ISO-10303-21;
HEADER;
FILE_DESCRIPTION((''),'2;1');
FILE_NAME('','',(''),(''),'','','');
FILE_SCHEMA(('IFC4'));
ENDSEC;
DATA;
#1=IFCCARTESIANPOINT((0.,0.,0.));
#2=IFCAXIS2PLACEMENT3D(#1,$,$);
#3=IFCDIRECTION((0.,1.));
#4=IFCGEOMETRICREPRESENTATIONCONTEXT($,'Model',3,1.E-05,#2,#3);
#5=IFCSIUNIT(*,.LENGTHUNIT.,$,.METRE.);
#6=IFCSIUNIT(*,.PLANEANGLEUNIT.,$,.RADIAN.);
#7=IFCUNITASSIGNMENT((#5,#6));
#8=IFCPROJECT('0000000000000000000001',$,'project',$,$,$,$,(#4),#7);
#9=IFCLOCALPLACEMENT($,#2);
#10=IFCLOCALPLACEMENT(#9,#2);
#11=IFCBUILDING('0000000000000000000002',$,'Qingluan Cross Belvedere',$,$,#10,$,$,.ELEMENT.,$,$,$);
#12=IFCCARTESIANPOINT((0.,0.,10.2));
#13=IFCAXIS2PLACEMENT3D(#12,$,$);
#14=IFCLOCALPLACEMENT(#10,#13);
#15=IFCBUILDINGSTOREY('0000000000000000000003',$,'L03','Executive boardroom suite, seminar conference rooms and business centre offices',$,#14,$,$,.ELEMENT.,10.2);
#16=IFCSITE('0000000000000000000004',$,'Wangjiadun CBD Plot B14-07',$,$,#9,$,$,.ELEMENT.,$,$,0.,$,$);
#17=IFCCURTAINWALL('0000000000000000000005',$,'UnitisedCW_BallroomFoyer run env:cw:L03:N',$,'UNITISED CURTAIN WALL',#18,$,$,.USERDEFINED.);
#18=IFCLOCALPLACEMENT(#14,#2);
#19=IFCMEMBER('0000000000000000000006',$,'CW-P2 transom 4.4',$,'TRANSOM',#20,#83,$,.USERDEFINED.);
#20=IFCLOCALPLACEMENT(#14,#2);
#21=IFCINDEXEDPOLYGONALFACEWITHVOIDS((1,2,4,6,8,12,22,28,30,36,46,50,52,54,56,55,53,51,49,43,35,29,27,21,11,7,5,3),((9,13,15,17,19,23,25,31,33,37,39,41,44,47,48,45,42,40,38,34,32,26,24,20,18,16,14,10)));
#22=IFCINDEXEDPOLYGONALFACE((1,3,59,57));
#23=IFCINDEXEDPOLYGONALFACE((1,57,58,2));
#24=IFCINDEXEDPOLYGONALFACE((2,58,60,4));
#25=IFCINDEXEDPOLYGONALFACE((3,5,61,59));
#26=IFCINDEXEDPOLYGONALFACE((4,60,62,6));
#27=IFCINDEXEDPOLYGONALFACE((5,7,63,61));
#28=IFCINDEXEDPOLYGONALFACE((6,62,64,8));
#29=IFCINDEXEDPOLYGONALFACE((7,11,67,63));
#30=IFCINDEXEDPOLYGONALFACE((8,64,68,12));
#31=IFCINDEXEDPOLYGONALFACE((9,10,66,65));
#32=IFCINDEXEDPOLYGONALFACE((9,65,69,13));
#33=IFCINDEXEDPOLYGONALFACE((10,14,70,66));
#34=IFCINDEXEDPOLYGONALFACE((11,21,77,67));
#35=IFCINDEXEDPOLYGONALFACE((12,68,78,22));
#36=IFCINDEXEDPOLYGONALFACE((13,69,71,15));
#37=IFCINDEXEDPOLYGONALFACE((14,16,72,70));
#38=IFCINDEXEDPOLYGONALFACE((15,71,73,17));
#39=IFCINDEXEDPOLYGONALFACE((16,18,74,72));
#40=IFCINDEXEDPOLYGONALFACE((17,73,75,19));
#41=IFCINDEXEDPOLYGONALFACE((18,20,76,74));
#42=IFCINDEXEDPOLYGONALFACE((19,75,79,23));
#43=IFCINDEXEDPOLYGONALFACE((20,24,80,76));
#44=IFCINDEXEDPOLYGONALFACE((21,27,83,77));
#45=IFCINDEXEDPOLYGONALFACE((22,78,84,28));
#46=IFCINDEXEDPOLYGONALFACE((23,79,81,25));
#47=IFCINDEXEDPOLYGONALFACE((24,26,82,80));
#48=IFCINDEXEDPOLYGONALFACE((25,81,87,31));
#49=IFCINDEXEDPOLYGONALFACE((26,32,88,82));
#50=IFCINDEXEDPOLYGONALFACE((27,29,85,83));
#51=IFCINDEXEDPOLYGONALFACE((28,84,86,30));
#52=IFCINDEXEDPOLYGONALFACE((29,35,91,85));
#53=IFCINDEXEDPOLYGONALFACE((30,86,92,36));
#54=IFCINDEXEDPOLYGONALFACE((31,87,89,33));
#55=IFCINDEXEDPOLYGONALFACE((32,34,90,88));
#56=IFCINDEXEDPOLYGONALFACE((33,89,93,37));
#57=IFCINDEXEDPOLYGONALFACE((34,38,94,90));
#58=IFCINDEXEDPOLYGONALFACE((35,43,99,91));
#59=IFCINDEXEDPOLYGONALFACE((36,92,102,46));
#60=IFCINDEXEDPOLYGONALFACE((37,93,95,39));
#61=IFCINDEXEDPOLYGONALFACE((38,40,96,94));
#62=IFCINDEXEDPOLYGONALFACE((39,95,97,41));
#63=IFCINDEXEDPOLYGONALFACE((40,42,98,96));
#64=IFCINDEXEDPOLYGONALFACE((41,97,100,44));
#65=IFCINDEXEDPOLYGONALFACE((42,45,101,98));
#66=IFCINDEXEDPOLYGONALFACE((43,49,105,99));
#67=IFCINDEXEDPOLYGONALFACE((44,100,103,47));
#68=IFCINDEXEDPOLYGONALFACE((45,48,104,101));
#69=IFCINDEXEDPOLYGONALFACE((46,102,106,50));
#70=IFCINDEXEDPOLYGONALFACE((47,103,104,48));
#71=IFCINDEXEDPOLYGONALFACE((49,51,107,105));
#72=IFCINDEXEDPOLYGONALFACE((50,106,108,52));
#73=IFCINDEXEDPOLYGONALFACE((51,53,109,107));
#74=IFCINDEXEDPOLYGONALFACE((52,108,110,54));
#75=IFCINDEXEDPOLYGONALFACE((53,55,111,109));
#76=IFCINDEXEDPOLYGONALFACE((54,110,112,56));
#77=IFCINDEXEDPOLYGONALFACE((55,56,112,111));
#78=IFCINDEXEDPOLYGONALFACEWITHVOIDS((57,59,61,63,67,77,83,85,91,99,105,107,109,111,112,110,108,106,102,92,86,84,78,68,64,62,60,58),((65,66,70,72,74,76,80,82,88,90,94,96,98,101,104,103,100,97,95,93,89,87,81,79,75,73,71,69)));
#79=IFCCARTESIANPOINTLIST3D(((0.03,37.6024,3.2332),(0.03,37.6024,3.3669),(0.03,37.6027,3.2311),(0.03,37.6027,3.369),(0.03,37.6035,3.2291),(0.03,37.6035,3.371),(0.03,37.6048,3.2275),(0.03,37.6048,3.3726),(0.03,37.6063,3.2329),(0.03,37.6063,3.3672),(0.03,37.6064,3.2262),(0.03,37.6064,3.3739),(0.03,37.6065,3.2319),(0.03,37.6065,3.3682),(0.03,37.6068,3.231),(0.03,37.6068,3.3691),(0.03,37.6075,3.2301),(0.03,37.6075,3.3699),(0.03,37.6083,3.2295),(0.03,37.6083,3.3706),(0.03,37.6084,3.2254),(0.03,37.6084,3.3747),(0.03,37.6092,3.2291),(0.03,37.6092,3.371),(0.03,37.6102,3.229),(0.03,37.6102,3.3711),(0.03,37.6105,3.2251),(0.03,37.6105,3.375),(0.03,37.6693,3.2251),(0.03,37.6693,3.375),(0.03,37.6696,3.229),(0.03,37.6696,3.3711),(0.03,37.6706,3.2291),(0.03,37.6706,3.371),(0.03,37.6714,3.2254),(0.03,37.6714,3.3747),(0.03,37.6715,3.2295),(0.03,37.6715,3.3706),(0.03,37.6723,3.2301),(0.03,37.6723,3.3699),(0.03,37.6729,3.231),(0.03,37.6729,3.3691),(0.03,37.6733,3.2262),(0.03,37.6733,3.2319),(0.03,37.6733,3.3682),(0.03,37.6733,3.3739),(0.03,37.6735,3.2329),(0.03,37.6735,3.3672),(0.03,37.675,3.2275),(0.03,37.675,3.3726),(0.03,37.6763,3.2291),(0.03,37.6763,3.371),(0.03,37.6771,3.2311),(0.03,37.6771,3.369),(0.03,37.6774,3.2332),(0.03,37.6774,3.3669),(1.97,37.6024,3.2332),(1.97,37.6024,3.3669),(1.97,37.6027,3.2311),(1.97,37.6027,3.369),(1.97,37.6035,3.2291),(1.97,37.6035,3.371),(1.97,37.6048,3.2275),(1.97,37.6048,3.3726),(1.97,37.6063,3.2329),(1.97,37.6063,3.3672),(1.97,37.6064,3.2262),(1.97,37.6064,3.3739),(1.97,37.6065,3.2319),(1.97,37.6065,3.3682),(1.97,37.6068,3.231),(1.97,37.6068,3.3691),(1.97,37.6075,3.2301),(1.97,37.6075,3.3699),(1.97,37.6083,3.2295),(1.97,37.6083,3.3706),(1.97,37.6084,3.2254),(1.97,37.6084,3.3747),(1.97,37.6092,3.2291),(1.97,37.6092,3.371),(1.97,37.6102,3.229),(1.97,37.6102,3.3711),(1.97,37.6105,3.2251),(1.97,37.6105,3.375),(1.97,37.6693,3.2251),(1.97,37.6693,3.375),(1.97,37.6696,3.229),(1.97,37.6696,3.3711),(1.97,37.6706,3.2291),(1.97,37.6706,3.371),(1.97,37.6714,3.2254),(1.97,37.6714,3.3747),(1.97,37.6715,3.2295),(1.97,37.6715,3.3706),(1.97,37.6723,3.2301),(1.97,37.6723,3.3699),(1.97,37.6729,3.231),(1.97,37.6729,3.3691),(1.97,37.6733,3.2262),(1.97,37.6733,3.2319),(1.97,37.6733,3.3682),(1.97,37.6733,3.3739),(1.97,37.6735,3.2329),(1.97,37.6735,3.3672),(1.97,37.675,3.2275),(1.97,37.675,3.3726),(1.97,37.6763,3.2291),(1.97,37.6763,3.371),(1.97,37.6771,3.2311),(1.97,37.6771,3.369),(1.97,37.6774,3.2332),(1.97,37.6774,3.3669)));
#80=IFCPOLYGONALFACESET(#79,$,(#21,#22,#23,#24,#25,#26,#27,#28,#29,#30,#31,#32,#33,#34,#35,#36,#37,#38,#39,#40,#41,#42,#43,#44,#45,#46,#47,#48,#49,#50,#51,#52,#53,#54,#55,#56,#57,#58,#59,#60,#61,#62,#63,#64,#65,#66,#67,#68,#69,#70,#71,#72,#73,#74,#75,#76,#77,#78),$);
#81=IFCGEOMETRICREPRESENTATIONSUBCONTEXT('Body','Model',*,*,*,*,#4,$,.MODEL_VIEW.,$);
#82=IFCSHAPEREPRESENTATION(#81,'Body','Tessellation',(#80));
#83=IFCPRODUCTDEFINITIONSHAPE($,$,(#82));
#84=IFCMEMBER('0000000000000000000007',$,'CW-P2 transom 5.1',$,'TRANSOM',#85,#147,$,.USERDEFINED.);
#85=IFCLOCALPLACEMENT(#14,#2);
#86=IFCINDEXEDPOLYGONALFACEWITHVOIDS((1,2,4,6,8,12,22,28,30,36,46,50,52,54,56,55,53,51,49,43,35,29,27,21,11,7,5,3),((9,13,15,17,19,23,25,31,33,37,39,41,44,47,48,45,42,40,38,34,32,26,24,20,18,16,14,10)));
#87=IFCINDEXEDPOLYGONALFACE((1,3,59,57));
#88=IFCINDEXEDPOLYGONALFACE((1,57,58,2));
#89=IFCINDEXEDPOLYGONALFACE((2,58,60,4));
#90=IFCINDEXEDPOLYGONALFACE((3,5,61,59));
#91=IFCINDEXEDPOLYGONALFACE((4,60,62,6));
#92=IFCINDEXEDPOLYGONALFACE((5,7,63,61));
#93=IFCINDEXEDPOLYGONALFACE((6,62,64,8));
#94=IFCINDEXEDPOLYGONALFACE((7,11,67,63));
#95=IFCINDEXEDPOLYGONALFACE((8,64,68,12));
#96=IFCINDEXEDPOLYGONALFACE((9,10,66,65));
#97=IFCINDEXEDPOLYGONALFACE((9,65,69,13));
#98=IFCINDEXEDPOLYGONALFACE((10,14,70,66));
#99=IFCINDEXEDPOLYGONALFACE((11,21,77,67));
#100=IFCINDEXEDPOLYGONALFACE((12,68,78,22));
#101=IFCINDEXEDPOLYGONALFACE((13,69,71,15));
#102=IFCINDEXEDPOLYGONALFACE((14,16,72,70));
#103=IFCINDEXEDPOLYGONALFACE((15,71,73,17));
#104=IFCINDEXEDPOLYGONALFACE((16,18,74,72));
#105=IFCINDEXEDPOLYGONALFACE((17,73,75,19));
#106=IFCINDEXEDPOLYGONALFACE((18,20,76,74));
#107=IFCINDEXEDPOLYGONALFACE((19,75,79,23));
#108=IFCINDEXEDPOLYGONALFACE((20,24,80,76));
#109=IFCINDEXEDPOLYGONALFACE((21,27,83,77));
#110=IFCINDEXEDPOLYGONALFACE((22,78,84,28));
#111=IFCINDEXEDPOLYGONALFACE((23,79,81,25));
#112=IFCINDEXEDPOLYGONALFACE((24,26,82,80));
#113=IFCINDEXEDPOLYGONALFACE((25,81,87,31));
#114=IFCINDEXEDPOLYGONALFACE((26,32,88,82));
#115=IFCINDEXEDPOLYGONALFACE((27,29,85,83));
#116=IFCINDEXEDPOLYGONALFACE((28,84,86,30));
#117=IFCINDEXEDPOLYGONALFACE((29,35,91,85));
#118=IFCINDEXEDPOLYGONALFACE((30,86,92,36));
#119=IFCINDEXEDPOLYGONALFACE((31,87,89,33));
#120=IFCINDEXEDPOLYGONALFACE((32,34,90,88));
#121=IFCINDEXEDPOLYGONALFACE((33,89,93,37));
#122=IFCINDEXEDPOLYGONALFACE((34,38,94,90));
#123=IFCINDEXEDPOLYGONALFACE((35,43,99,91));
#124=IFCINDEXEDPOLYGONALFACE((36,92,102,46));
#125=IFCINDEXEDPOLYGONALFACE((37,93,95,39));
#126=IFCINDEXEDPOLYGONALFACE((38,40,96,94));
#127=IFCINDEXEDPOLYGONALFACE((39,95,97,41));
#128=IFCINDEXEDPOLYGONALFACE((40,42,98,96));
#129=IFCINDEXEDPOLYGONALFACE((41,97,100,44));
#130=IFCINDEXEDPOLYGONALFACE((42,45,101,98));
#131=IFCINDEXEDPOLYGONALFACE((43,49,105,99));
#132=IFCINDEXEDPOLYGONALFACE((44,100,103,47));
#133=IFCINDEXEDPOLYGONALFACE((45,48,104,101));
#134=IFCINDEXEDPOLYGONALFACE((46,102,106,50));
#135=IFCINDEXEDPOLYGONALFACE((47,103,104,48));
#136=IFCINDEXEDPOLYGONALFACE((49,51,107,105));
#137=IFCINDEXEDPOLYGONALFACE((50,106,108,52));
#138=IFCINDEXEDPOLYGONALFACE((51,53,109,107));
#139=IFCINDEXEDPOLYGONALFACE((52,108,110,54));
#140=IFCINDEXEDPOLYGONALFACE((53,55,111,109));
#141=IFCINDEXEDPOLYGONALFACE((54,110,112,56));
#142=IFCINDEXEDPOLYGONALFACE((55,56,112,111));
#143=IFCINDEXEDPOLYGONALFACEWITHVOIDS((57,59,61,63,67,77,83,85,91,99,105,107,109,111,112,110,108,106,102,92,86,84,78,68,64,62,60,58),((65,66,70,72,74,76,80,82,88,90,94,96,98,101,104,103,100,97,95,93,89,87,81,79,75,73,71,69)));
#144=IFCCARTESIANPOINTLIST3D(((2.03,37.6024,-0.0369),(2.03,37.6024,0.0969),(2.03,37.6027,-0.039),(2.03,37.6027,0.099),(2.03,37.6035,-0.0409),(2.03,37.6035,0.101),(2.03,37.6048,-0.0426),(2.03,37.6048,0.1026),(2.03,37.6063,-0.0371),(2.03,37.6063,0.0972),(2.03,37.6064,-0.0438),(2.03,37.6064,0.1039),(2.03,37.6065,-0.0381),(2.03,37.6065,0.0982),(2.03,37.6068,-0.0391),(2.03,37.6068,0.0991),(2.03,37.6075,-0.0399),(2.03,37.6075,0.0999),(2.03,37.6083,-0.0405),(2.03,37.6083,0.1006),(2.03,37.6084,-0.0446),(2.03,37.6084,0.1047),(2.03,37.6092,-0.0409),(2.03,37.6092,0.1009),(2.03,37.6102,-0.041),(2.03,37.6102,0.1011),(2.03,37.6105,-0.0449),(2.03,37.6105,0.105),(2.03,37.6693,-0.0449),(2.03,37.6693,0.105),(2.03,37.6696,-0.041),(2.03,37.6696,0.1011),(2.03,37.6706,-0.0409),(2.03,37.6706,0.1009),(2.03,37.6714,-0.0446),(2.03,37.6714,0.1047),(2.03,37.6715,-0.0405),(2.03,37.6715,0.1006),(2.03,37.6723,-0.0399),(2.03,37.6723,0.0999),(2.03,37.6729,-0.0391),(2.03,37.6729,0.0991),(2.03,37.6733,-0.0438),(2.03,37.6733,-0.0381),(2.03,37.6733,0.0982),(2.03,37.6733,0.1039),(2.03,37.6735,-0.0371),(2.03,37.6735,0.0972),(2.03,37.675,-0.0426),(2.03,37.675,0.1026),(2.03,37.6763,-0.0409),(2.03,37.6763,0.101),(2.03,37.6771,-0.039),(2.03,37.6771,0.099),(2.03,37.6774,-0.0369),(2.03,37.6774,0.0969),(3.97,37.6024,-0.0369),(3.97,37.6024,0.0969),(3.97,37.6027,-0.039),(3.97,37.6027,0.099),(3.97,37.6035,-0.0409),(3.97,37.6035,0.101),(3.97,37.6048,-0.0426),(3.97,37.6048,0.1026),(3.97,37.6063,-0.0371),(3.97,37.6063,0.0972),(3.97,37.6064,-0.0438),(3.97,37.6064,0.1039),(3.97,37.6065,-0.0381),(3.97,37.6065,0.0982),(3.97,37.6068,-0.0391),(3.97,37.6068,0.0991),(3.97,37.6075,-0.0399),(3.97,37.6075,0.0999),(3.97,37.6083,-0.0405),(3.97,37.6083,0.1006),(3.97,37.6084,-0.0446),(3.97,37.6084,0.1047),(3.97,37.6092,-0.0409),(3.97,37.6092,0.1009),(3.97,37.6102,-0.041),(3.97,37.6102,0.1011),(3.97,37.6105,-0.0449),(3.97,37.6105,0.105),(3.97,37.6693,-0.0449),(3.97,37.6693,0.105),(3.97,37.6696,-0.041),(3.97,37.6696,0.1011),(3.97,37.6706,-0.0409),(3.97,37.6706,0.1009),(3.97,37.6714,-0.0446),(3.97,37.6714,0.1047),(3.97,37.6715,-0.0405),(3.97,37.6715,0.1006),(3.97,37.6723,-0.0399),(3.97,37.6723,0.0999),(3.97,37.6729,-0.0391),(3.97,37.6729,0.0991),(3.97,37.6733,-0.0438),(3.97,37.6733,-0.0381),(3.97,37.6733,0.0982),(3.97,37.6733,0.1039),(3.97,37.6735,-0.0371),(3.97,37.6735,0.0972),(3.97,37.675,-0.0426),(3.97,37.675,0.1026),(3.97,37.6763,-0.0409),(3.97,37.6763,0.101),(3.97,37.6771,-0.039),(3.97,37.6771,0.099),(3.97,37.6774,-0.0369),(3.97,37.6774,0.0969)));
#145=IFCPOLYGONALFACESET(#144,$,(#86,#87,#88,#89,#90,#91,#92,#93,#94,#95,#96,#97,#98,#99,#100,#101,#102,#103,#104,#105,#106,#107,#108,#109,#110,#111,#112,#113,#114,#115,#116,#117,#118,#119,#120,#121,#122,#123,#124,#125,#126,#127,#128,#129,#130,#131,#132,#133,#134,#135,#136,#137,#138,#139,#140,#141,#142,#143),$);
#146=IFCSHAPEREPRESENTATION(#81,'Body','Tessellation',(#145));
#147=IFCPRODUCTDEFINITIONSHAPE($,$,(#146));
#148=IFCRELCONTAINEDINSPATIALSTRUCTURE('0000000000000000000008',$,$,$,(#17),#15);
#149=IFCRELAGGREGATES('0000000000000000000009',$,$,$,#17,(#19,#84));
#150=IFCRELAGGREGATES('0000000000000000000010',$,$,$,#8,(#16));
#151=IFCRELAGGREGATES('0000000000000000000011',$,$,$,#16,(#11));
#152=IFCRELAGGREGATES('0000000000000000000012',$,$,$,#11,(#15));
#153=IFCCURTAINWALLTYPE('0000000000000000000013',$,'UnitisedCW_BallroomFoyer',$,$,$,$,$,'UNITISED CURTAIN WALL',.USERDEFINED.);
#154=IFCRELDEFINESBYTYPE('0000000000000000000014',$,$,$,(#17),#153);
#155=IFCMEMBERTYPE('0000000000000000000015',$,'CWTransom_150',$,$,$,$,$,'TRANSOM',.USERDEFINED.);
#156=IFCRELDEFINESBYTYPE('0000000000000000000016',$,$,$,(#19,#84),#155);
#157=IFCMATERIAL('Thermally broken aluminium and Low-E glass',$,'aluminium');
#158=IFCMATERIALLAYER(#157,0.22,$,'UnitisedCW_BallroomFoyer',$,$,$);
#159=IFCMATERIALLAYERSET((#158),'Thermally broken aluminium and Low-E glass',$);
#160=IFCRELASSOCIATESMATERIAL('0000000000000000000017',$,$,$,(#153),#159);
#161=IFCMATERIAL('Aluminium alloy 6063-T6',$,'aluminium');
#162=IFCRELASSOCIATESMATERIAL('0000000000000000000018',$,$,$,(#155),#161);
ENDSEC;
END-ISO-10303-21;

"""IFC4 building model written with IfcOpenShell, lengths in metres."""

from ifc_helpers import new_model, si_unit, direction, frame, origin, origin_2d, place, context, subcontext, project, spatial, hollow_rectangle, extrude, material, layer, layer_set, material_profile, profile_set, type_object, element, aggregate, save


model = new_model("IFC4")

# Units and contexts
model_context = context("Model", 3, precision=1e-05, world=origin(), true_north=direction((0.0, 1.0)))
body_context = subcontext(model_context, "Body", "Model", "MODEL_VIEW")
ifc_project = project(units=[si_unit("LENGTHUNIT", "METRE"), si_unit("PLANEANGLEUNIT", "RADIAN")], contexts=[model_context])

# Site, building, storey
site_placement = place(None, origin())
site = spatial("IfcSite", under=ifc_project, at=site_placement, Name="Wangjiadun CBD Plot B14-07", CompositionType="ELEMENT", RefElevation=0.0)
building_placement = place(site_placement, origin())
building = spatial("IfcBuilding", under=site, at=building_placement, Name="Qingluan Cross Belvedere", CompositionType="ELEMENT")
storey_placement = place(building_placement, frame((0.0, 0.0, 10.2)))
storey = spatial("IfcBuildingStorey", under=building, at=storey_placement, Name="L03", Description="Executive boardroom suite, seminar conference rooms and business centre offices", CompositionType="ELEMENT", Elevation=10.2)

# Curtain wall, members
ifc_material_1 = material(Name="Thermally broken aluminium and Low-E glass", Category="aluminium")
ifc_layer_1 = layer(ifc_material_1, 0.22, Name="UnitisedCW_BallroomFoyer")
ifc_layer_set_1 = layer_set([ifc_layer_1], Name="Thermally broken aluminium and Low-E glass")
curtain_wall_type = type_object("IfcCurtainWallType", Name="UnitisedCW_BallroomFoyer", ElementType="UNITISED CURTAIN WALL", PredefinedType="USERDEFINED", material=ifc_layer_set_1)
curtain_wall_placement = place(storey_placement, origin())
curtain_wall = element("IfcCurtainWall", 1, at=curtain_wall_placement, inside=storey, type_object=curtain_wall_type, Name="UnitisedCW_BallroomFoyer run env:cw:L03:N", ObjectType="UNITISED CURTAIN WALL", PredefinedType="USERDEFINED")
ifc_material_2 = material(Name="Aluminium alloy 6063-T6", Category="aluminium")
ifc_material_profile_1 = material_profile(ifc_material_2, hollow_rectangle(XDim=0.075, YDim=0.1499, WallThickness=0.0039, InnerFilletRadius=0.0039, OuterFilletRadius=0.0081, at=origin_2d()), Name="CWT150x75x4")
ifc_profile_set_1 = profile_set([ifc_material_profile_1], Name="Aluminium alloy 6063-T6")
member_type_1 = type_object("IfcMemberType", Name="CWTransom_150", ElementType="TRANSOM", PredefinedType="USERDEFINED", material=ifc_profile_set_1)
member_1_placement = place(storey_placement, frame((0.03, 37.6399, 3.3), z_axis=(1.0, 0.0, 0.0), x_axis=(0.0, 1.0, 0.0)))
member_1 = element("IfcMember", 2, at=member_1_placement, type_object=member_type_1, Name="CW-P2 transom 4.4", ObjectType="TRANSOM", PredefinedType="USERDEFINED", context=body_context, shape_type="SweptSolid", body=[
    extrude(hollow_rectangle(XDim=0.075, YDim=0.1499, WallThickness=0.0039, InnerFilletRadius=0.0039, OuterFilletRadius=0.0081, at=origin_2d()), origin(), (0.0, 0.0, 1.0), 1.9399),
])
member_2_placement = place(storey_placement, frame((2.03, 37.6399, 0.03), z_axis=(1.0, 0.0, 0.0), x_axis=(0.0, 1.0, 0.0)))
member_2 = element("IfcMember", 3, at=member_2_placement, type_object=member_type_1, Name="CW-P2 transom 5.1", ObjectType="TRANSOM", PredefinedType="USERDEFINED", context=body_context, shape_type="SweptSolid", body=[
    extrude(hollow_rectangle(XDim=0.075, YDim=0.1499, WallThickness=0.0039, InnerFilletRadius=0.0039, OuterFilletRadius=0.0081, at=origin_2d()), origin(), (0.0, 0.0, 1.0), 1.9399),
])

aggregate(curtain_wall, [member_1, member_2])

save(model, "model.ifc")
